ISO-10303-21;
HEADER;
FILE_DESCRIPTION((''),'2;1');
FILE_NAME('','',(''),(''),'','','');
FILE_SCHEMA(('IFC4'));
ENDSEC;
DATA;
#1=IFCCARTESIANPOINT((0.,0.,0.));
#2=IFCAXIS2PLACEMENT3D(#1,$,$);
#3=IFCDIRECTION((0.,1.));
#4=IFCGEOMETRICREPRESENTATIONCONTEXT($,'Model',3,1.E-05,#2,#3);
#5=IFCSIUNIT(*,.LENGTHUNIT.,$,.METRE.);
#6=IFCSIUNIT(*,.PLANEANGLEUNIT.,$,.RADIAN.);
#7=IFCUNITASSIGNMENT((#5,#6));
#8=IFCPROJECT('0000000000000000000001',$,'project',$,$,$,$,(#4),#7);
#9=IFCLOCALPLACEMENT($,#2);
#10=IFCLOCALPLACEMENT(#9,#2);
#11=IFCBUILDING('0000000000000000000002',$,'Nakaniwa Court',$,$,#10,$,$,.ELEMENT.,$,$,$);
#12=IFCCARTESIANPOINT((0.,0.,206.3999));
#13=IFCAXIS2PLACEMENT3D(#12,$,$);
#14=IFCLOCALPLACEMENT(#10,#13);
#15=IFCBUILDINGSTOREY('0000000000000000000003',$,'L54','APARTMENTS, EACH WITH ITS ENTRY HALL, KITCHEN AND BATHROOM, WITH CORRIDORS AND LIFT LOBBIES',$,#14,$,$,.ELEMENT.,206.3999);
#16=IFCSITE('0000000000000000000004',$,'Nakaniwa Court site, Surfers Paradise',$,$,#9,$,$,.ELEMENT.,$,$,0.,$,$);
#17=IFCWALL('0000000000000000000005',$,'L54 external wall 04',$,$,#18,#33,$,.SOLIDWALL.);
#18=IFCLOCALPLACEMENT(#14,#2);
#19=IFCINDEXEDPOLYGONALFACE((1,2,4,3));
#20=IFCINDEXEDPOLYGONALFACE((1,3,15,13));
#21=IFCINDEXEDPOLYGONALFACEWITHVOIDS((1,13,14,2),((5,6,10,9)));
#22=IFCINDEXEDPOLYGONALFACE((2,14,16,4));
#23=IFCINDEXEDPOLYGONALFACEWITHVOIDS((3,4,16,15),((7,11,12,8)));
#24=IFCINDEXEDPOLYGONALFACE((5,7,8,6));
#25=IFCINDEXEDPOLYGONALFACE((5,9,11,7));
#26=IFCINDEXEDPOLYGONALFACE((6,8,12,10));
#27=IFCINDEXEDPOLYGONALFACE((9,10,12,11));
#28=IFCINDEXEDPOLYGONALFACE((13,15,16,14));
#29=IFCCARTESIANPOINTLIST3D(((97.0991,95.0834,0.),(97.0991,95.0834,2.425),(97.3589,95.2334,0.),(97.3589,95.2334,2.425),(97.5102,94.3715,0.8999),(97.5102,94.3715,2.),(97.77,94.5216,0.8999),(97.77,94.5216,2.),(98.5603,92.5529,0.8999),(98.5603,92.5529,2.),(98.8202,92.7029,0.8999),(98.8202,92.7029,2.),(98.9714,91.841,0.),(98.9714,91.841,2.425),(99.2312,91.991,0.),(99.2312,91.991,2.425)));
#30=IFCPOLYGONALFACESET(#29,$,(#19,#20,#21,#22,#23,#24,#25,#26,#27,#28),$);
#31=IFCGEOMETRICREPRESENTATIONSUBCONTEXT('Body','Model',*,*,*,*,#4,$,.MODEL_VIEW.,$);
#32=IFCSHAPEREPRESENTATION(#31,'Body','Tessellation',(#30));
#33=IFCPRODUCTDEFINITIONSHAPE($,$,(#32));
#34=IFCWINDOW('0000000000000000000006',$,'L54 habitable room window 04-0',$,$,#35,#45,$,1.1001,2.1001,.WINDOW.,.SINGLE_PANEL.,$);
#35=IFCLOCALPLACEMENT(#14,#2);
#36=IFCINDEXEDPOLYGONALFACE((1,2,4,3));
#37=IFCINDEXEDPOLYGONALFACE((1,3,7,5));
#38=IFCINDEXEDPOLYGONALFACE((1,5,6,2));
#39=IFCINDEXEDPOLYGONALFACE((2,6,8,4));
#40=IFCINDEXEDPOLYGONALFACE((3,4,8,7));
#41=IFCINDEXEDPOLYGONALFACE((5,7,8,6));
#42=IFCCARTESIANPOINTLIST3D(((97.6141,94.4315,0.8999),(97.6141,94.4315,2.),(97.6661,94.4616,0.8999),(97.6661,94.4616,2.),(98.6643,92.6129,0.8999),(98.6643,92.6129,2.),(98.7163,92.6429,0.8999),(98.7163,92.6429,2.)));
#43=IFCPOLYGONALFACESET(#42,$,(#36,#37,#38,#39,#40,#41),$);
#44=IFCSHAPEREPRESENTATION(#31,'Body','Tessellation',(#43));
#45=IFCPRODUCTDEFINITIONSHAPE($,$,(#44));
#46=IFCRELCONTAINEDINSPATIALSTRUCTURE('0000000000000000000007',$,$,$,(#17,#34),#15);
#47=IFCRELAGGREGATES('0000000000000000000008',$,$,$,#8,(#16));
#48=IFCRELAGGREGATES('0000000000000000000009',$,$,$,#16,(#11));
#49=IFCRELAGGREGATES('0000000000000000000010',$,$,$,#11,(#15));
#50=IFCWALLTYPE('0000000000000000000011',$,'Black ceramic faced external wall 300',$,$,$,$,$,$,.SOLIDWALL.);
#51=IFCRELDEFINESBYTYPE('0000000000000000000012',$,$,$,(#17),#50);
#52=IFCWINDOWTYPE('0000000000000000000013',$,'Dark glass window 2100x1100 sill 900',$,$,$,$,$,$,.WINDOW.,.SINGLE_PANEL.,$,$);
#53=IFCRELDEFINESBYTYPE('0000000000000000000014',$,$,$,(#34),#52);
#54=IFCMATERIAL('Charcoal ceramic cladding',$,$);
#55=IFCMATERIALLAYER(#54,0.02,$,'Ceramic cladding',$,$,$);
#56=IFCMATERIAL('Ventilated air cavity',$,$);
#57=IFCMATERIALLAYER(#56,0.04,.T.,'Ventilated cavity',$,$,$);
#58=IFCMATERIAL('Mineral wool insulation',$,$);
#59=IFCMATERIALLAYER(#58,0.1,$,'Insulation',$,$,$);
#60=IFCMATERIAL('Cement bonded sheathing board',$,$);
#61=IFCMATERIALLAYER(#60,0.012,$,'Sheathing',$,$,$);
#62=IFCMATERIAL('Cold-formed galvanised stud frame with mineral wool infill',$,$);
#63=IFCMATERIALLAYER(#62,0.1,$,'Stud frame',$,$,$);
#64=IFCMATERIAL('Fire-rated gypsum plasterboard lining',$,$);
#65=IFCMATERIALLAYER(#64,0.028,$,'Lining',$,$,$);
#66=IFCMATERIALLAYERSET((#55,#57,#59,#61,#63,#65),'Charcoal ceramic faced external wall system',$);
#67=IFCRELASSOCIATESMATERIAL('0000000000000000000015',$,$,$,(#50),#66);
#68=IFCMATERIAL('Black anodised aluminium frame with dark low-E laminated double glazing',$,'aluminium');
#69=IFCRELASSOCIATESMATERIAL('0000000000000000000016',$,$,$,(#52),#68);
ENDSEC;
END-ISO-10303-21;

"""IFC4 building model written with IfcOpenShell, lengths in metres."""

from ifc_helpers import new_model, si_unit, direction, frame, frame_2d, origin, place, context, subcontext, project, spatial, rectangle, extrude, material, layer, layer_set, type_object, element, fill, save


model = new_model("IFC4")

# Units and contexts
model_context = context("Model", 3, precision=1e-05, world=origin(), true_north=direction((0.0, 1.0)))
body_context = subcontext(model_context, "Body", "Model", "MODEL_VIEW")
ifc_project = project(units=[si_unit("LENGTHUNIT", "METRE"), si_unit("PLANEANGLEUNIT", "RADIAN")], contexts=[model_context])

# Site, building, storey
site_placement = place(None, origin())
site = spatial("IfcSite", under=ifc_project, at=site_placement, Name="Nakaniwa Court site, Surfers Paradise", CompositionType="ELEMENT", RefElevation=0.0)
building_placement = place(site_placement, origin())
building = spatial("IfcBuilding", under=site, at=building_placement, Name="Nakaniwa Court", CompositionType="ELEMENT")
storey_placement = place(building_placement, frame((0.0, 0.0, 206.3999)))
storey = spatial("IfcBuildingStorey", under=building, at=storey_placement, Name="L54", Description="APARTMENTS, EACH WITH ITS ENTRY HALL, KITCHEN AND BATHROOM, WITH CORRIDORS AND LIFT LOBBIES", CompositionType="ELEMENT", Elevation=206.3999)

# Wall, opening, window
ifc_material_1 = material(Name="Charcoal ceramic cladding")
ifc_layer_1 = layer(ifc_material_1, 0.02, Name="Ceramic cladding")
ifc_material_2 = material(Name="Ventilated air cavity")
ifc_layer_2 = layer(ifc_material_2, 0.04, ventilated=True, Name="Ventilated cavity")
ifc_material_3 = material(Name="Mineral wool insulation")
ifc_layer_3 = layer(ifc_material_3, 0.1, Name="Insulation")
ifc_material_4 = material(Name="Cement bonded sheathing board")
ifc_layer_4 = layer(ifc_material_4, 0.012, Name="Sheathing")
ifc_material_5 = material(Name="Cold-formed galvanised stud frame with mineral wool infill")
ifc_layer_5 = layer(ifc_material_5, 0.1, Name="Stud frame")
ifc_material_6 = material(Name="Fire-rated gypsum plasterboard lining")
ifc_layer_6 = layer(ifc_material_6, 0.028, Name="Lining")
ifc_layer_set_1 = layer_set([ifc_layer_1, ifc_layer_2, ifc_layer_3, ifc_layer_4, ifc_layer_5, ifc_layer_6], Name="Charcoal ceramic faced external wall system")
wall_type_1 = type_object("IfcWallType", Name="Black ceramic faced external wall 300", PredefinedType="SOLIDWALL", material=ifc_layer_set_1)
wall_1_placement = place(storey_placement, frame((99.1013, 91.916, 0.0), z_axis=(0.0, 0.0, 1.0), x_axis=(-0.500059, 0.865991, 0.0)))
wall_1 = element("IfcWall", 1, at=wall_1_placement, inside=storey, type_object=wall_type_1, Name="L54 external wall 04", PredefinedType="SOLIDWALL", context=body_context, shape_type="SweptSolid", body=[
    extrude(rectangle(XDim=3.7441, YDim=0.3, at=frame_2d((1.8721, 0.0))), origin(), (0.0, 0.0, 1.0), 2.425),
])
opening_1_placement = place(wall_1_placement, frame((0.822, 0.0, 0.8999)))
opening_1 = element("IfcOpeningElement", 2, at=opening_1_placement, cuts=wall_1, PredefinedType="OPENING", context=body_context, shape_type="SweptSolid", body=[
    extrude(rectangle(XDim=2.1001, YDim=1.1001, at=frame_2d((1.05, 0.55))), frame((0.0, 0.1599, 0.0), z_axis=(0.0, -1.0, 0.0), x_axis=(1.0, 0.0, 0.0)), (0.0, 0.0, 1.0), 0.3201),
])
ifc_material_7 = material(Name="Black anodised aluminium frame with dark low-E laminated double glazing", Category="aluminium")
window_type = type_object("IfcWindowType", Name="Dark glass window 2100x1100 sill 900", PartitioningType="SINGLE_PANEL", PredefinedType="WINDOW", material=ifc_material_7)
window_placement = place(opening_1_placement, origin())
window = element("IfcWindow", 3, at=window_placement, inside=storey, type_object=window_type, Name="L54 habitable room window 04-0", OverallHeight=1.1001, OverallWidth=2.1001, PartitioningType="SINGLE_PANEL", PredefinedType="WINDOW", context=body_context, shape_type="SweptSolid", body=[
    extrude(rectangle(XDim=2.1001, YDim=1.1001, at=frame_2d((1.05, 0.55))), frame((0.0, 0.03, 0.0), z_axis=(0.0, -1.0, 0.0), x_axis=(1.0, 0.0, 0.0)), (0.0, 0.0, 1.0), 0.0601),
])
fill(opening_1, window)

save(model, "model.ifc")
